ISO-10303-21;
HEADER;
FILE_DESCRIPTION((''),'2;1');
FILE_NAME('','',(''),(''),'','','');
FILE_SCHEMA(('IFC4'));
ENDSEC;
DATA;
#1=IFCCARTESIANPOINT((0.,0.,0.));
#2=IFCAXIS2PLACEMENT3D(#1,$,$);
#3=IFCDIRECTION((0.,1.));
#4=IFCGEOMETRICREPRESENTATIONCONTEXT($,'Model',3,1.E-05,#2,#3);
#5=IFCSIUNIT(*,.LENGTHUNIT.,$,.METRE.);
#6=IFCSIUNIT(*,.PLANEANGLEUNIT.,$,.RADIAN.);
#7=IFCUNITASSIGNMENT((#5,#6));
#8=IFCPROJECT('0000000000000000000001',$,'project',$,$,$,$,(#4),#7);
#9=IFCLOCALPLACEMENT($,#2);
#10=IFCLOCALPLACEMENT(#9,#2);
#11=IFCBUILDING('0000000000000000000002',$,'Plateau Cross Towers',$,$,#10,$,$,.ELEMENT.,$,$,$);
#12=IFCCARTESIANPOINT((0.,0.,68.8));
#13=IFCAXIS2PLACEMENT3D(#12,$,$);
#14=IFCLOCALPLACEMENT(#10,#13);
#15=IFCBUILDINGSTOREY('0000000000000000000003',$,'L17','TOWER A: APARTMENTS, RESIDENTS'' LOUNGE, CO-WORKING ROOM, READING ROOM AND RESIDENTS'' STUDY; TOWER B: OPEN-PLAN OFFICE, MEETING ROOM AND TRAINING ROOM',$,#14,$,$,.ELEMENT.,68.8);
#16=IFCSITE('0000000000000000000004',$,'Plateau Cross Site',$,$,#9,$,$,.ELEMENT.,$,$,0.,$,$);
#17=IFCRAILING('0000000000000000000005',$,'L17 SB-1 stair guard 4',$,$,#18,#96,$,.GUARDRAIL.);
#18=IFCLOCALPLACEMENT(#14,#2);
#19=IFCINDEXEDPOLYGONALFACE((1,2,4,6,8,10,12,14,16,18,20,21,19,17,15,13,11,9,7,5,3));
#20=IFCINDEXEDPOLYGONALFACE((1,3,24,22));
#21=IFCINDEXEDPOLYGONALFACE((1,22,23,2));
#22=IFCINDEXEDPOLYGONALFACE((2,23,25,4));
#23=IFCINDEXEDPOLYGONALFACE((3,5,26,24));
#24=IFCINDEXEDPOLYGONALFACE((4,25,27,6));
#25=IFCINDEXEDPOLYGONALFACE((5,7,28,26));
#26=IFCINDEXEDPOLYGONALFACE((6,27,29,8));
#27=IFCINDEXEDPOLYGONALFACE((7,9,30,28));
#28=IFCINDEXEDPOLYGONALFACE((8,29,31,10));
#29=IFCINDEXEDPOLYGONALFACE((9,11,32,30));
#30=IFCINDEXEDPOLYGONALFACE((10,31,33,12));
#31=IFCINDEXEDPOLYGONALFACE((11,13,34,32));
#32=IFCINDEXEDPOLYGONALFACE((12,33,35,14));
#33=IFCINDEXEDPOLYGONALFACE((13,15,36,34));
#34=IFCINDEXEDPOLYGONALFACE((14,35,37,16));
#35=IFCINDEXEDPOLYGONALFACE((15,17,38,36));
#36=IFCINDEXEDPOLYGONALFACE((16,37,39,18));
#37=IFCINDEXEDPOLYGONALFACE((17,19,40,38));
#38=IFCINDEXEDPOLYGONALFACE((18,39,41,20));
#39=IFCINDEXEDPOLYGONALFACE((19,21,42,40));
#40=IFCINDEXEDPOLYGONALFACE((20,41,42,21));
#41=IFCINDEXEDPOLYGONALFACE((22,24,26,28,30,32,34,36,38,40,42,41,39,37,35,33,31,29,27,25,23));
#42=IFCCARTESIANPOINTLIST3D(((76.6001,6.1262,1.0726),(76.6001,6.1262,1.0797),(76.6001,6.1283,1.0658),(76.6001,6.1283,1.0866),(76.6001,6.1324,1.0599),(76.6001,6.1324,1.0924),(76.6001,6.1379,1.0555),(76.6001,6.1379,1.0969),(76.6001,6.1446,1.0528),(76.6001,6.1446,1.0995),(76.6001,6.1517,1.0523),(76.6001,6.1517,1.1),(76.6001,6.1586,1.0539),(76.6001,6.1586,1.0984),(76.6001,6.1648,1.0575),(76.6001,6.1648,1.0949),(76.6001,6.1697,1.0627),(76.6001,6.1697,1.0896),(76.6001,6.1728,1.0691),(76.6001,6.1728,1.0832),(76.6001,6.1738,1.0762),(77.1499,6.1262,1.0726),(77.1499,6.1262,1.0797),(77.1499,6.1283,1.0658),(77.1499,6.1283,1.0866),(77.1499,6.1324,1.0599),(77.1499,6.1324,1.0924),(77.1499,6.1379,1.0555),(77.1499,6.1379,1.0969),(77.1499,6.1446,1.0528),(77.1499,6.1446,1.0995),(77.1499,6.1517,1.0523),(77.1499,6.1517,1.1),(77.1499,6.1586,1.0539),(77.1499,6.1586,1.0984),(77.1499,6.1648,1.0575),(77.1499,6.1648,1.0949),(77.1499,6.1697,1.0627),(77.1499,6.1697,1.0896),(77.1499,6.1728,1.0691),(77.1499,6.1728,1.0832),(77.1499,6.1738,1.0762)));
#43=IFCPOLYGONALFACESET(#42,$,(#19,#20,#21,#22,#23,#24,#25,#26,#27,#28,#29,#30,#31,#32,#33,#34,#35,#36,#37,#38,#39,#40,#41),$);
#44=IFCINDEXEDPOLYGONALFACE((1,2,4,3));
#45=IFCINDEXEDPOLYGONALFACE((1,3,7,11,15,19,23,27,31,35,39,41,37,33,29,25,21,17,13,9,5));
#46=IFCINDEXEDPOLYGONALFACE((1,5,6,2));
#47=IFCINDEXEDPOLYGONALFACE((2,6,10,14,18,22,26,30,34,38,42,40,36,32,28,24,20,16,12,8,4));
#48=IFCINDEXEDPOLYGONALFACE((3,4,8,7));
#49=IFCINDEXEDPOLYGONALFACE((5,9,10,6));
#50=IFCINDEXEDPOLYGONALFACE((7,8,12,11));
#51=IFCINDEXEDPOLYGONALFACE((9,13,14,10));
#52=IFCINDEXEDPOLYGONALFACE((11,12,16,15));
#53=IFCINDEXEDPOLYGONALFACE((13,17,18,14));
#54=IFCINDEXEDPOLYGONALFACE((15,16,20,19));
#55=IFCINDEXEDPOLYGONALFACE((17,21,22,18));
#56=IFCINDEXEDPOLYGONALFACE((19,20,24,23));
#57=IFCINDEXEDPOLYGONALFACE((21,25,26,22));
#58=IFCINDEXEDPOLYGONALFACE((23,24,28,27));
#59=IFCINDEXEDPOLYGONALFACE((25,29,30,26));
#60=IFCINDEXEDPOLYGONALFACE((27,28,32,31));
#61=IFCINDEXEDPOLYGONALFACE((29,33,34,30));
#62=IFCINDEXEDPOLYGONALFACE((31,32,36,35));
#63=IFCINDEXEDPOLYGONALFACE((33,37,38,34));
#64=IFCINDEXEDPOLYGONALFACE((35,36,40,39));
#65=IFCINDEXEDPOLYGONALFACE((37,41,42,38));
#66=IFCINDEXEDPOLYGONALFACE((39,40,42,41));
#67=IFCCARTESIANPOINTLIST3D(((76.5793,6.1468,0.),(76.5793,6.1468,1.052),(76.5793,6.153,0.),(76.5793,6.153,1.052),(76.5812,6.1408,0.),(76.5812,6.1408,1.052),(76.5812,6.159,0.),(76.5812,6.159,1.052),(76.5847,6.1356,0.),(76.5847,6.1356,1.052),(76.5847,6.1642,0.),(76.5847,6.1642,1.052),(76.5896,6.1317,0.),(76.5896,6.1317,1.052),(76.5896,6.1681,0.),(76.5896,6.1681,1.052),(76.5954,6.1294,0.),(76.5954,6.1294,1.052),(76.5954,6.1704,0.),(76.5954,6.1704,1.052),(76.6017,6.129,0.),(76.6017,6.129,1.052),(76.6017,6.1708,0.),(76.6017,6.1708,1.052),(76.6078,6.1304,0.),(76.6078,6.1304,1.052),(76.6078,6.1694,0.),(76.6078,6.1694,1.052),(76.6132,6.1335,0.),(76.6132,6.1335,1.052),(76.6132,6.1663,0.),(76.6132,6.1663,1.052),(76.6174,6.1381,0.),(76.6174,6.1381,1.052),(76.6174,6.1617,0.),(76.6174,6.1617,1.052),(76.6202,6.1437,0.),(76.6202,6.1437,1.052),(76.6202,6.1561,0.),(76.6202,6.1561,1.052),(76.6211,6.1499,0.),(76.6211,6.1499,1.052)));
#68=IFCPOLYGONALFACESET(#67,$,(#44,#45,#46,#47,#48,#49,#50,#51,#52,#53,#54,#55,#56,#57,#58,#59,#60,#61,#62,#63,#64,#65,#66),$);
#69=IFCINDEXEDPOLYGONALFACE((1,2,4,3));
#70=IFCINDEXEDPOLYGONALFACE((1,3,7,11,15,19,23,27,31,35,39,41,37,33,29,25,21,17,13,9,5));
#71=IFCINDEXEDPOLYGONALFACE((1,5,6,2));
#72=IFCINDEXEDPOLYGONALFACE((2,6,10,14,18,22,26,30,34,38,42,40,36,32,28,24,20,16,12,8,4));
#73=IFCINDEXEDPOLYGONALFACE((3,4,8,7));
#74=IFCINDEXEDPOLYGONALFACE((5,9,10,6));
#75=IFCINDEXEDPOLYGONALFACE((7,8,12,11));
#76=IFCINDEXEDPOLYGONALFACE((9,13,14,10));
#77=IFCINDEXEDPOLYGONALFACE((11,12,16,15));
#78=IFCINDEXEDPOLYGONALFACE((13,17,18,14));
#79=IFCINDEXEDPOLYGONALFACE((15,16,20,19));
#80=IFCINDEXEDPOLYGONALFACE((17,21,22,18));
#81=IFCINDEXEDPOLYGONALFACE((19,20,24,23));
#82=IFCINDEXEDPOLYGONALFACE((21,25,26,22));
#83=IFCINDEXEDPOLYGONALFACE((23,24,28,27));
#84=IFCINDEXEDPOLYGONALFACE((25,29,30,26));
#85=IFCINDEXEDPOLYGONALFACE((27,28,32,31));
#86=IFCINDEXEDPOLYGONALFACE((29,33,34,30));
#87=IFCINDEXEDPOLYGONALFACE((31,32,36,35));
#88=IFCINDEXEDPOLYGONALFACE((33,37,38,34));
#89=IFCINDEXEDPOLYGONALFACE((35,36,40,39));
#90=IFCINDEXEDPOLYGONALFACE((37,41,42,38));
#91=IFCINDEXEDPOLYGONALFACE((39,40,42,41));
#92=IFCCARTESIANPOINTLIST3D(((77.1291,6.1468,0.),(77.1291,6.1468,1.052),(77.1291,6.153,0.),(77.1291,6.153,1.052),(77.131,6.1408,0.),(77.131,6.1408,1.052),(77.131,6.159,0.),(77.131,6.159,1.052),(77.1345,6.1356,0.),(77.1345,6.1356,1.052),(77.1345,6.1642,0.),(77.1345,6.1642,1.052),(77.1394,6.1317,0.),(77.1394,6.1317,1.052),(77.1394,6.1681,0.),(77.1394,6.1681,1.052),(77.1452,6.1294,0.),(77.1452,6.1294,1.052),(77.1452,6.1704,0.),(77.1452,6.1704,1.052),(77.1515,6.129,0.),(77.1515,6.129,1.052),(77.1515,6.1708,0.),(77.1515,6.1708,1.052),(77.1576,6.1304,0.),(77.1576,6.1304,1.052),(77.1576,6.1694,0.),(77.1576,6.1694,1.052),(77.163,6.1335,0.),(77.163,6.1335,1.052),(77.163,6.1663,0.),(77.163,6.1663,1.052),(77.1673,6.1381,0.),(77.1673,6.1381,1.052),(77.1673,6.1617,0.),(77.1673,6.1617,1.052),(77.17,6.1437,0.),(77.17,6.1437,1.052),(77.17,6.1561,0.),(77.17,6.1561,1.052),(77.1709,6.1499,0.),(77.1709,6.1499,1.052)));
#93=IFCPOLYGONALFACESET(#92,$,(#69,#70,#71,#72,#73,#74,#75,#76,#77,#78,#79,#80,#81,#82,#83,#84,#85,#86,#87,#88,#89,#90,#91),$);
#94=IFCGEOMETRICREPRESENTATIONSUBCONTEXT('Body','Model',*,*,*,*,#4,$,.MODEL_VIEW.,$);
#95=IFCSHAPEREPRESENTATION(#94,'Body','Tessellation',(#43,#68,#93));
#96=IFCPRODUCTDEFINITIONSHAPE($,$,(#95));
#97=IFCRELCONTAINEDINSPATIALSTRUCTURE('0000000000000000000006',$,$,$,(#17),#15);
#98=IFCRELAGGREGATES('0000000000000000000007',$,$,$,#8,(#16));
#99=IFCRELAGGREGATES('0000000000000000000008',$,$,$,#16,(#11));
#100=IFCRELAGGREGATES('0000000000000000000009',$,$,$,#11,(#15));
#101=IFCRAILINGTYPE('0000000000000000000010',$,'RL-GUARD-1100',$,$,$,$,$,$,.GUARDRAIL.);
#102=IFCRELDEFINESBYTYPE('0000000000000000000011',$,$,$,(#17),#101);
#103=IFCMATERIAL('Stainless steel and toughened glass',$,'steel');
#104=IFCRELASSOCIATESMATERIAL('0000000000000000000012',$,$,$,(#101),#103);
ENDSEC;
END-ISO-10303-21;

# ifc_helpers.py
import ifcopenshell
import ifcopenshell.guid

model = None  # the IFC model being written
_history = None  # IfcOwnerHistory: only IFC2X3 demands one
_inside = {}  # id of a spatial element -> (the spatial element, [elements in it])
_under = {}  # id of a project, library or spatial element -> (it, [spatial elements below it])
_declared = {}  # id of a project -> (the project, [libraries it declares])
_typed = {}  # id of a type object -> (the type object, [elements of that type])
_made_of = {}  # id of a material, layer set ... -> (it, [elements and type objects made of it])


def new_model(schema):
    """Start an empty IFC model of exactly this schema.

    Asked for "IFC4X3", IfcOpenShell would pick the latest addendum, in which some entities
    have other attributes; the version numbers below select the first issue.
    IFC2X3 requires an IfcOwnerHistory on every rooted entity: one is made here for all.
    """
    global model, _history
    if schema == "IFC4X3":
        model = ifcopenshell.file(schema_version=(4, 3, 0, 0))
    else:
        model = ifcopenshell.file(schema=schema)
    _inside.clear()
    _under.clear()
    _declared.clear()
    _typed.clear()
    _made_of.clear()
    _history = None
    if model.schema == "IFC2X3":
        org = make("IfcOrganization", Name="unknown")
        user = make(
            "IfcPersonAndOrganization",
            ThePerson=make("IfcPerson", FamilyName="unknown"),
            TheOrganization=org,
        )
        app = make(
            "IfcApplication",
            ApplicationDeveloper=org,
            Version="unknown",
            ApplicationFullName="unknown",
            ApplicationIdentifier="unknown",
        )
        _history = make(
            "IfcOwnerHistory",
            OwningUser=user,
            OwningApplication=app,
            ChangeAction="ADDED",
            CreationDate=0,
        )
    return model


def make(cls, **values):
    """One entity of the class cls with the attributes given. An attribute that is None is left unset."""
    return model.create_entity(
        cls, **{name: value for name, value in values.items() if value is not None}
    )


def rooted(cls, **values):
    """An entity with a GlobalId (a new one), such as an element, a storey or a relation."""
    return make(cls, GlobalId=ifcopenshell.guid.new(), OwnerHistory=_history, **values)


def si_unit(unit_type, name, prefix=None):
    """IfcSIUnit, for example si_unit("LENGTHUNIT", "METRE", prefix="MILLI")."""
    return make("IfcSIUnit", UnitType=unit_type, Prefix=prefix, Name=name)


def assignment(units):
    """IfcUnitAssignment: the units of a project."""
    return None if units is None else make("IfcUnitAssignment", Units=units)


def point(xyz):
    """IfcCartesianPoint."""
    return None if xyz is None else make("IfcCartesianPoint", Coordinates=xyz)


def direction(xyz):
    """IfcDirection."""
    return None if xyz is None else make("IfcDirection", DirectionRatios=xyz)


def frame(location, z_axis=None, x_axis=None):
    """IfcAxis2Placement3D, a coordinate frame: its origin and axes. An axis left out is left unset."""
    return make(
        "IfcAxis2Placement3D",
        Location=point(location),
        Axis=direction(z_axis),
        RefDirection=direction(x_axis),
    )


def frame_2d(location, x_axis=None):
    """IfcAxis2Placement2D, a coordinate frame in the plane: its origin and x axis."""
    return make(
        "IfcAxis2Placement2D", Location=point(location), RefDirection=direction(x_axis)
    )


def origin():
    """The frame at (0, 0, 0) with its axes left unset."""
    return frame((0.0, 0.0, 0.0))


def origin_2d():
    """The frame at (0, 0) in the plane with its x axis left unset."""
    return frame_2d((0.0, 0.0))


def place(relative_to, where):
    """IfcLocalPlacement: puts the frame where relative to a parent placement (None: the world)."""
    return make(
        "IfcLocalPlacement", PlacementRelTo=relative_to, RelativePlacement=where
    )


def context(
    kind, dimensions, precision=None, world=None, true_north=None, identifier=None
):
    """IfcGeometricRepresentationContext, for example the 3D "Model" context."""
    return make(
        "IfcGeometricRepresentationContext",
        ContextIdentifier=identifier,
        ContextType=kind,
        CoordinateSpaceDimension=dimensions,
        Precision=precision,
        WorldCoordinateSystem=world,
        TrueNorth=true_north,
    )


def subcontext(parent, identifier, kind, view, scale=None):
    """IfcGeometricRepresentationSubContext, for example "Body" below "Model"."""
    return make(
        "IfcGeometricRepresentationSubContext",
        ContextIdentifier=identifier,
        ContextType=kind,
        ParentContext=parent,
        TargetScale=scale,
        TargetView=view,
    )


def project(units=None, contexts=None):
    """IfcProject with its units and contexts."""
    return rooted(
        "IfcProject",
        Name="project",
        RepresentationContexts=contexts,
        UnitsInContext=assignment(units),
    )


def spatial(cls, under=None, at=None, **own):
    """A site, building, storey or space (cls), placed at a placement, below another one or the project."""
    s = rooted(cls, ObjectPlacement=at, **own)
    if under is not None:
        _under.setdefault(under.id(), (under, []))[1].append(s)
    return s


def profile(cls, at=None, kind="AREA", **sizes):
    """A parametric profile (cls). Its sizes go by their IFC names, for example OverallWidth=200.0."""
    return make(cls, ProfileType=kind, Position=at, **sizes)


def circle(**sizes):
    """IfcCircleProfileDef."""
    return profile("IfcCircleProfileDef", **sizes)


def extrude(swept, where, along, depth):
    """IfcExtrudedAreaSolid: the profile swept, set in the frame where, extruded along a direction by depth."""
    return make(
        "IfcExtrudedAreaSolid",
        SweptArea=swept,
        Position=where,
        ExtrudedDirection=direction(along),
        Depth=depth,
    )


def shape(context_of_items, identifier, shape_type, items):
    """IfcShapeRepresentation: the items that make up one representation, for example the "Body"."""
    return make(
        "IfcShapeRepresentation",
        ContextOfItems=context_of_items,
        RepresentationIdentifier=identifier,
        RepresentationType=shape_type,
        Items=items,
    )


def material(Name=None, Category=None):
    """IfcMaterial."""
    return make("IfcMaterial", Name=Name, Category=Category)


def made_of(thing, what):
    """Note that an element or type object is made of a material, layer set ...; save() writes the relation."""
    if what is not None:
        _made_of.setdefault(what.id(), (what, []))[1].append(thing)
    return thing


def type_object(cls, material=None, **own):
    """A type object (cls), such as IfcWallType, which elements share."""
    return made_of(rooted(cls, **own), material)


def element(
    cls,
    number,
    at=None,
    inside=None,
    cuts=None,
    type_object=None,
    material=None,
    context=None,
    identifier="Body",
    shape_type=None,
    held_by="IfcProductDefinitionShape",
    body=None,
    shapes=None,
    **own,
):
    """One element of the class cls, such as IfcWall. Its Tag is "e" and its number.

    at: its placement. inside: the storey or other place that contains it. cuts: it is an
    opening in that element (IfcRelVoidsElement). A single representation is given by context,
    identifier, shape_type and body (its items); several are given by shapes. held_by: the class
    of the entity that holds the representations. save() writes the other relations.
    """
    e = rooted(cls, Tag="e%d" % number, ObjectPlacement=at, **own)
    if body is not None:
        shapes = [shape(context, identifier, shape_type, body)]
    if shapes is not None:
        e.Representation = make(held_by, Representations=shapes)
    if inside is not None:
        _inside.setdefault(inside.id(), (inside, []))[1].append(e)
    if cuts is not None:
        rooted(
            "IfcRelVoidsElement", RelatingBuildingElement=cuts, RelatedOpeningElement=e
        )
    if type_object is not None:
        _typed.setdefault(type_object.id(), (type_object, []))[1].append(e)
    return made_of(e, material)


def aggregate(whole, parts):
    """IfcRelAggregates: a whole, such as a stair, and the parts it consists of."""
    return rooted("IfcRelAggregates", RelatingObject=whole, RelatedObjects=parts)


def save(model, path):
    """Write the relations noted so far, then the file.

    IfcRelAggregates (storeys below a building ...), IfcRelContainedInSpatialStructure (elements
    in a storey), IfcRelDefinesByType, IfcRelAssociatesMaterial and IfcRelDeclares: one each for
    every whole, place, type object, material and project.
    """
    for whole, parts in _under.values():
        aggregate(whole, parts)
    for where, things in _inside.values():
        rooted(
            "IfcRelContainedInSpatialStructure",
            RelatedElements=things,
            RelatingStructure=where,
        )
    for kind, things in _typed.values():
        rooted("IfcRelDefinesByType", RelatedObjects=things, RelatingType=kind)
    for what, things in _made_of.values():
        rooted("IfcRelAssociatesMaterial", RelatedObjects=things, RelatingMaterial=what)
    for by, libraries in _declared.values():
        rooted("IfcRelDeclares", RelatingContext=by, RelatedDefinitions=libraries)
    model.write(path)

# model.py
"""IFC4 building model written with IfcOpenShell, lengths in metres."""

from ifc_helpers import new_model, si_unit, direction, frame, origin, origin_2d, place, context, subcontext, project, spatial, circle, extrude, material, type_object, element, save


model = new_model("IFC4")

# Units and contexts
model_context = context("Model", 3, precision=1e-05, world=origin(), true_north=direction((0.0, 1.0)))
body_context = subcontext(model_context, "Body", "Model", "MODEL_VIEW")
ifc_project = project(units=[si_unit("LENGTHUNIT", "METRE"), si_unit("PLANEANGLEUNIT", "RADIAN")], contexts=[model_context])

# Site, building, storey
site_placement = place(None, origin())
site = spatial("IfcSite", under=ifc_project, at=site_placement, Name="Plateau Cross Site", CompositionType="ELEMENT", RefElevation=0.0)
building_placement = place(site_placement, origin())
building = spatial("IfcBuilding", under=site, at=building_placement, Name="Plateau Cross Towers", CompositionType="ELEMENT")
storey_placement = place(building_placement, frame((0.0, 0.0, 68.8)))
storey = spatial("IfcBuildingStorey", under=building, at=storey_placement, Name="L17", Description="TOWER A: APARTMENTS, RESIDENTS' LOUNGE, CO-WORKING ROOM, READING ROOM AND RESIDENTS' STUDY; TOWER B: OPEN-PLAN OFFICE, MEETING ROOM AND TRAINING ROOM", CompositionType="ELEMENT", Elevation=68.8)

# Railing
ifc_material_1 = material(Name="Stainless steel and toughened glass", Category="steel")
railing_type_1 = type_object("IfcRailingType", Name="RL-GUARD-1100", PredefinedType="GUARDRAIL", material=ifc_material_1)
railing_1_placement = place(storey_placement, frame((76.6001, 6.1499, 0.0)))
element("IfcRailing", 1, at=railing_1_placement, inside=storey, type_object=railing_type_1, Name="L17 SB-1 stair guard 4", PredefinedType="GUARDRAIL", context=body_context, shape_type="SweptSolid", body=[
    extrude(circle(Radius=0.0239, at=origin_2d()), frame((0.0, 0.0, 1.0762), z_axis=(1.0, 0.0, 0.0), x_axis=(0.0, 1.0, 0.0)), (0.0, 0.0, 1.0), 0.5498),
    extrude(circle(Radius=0.021, at=origin_2d()), origin(), (0.0, 0.0, 1.0), 1.052),
    extrude(circle(Radius=0.021, at=origin_2d()), frame((0.5498, 0.0, 0.0)), (0.0, 0.0, 1.0), 1.052),
])

save(model, "model.ifc")
